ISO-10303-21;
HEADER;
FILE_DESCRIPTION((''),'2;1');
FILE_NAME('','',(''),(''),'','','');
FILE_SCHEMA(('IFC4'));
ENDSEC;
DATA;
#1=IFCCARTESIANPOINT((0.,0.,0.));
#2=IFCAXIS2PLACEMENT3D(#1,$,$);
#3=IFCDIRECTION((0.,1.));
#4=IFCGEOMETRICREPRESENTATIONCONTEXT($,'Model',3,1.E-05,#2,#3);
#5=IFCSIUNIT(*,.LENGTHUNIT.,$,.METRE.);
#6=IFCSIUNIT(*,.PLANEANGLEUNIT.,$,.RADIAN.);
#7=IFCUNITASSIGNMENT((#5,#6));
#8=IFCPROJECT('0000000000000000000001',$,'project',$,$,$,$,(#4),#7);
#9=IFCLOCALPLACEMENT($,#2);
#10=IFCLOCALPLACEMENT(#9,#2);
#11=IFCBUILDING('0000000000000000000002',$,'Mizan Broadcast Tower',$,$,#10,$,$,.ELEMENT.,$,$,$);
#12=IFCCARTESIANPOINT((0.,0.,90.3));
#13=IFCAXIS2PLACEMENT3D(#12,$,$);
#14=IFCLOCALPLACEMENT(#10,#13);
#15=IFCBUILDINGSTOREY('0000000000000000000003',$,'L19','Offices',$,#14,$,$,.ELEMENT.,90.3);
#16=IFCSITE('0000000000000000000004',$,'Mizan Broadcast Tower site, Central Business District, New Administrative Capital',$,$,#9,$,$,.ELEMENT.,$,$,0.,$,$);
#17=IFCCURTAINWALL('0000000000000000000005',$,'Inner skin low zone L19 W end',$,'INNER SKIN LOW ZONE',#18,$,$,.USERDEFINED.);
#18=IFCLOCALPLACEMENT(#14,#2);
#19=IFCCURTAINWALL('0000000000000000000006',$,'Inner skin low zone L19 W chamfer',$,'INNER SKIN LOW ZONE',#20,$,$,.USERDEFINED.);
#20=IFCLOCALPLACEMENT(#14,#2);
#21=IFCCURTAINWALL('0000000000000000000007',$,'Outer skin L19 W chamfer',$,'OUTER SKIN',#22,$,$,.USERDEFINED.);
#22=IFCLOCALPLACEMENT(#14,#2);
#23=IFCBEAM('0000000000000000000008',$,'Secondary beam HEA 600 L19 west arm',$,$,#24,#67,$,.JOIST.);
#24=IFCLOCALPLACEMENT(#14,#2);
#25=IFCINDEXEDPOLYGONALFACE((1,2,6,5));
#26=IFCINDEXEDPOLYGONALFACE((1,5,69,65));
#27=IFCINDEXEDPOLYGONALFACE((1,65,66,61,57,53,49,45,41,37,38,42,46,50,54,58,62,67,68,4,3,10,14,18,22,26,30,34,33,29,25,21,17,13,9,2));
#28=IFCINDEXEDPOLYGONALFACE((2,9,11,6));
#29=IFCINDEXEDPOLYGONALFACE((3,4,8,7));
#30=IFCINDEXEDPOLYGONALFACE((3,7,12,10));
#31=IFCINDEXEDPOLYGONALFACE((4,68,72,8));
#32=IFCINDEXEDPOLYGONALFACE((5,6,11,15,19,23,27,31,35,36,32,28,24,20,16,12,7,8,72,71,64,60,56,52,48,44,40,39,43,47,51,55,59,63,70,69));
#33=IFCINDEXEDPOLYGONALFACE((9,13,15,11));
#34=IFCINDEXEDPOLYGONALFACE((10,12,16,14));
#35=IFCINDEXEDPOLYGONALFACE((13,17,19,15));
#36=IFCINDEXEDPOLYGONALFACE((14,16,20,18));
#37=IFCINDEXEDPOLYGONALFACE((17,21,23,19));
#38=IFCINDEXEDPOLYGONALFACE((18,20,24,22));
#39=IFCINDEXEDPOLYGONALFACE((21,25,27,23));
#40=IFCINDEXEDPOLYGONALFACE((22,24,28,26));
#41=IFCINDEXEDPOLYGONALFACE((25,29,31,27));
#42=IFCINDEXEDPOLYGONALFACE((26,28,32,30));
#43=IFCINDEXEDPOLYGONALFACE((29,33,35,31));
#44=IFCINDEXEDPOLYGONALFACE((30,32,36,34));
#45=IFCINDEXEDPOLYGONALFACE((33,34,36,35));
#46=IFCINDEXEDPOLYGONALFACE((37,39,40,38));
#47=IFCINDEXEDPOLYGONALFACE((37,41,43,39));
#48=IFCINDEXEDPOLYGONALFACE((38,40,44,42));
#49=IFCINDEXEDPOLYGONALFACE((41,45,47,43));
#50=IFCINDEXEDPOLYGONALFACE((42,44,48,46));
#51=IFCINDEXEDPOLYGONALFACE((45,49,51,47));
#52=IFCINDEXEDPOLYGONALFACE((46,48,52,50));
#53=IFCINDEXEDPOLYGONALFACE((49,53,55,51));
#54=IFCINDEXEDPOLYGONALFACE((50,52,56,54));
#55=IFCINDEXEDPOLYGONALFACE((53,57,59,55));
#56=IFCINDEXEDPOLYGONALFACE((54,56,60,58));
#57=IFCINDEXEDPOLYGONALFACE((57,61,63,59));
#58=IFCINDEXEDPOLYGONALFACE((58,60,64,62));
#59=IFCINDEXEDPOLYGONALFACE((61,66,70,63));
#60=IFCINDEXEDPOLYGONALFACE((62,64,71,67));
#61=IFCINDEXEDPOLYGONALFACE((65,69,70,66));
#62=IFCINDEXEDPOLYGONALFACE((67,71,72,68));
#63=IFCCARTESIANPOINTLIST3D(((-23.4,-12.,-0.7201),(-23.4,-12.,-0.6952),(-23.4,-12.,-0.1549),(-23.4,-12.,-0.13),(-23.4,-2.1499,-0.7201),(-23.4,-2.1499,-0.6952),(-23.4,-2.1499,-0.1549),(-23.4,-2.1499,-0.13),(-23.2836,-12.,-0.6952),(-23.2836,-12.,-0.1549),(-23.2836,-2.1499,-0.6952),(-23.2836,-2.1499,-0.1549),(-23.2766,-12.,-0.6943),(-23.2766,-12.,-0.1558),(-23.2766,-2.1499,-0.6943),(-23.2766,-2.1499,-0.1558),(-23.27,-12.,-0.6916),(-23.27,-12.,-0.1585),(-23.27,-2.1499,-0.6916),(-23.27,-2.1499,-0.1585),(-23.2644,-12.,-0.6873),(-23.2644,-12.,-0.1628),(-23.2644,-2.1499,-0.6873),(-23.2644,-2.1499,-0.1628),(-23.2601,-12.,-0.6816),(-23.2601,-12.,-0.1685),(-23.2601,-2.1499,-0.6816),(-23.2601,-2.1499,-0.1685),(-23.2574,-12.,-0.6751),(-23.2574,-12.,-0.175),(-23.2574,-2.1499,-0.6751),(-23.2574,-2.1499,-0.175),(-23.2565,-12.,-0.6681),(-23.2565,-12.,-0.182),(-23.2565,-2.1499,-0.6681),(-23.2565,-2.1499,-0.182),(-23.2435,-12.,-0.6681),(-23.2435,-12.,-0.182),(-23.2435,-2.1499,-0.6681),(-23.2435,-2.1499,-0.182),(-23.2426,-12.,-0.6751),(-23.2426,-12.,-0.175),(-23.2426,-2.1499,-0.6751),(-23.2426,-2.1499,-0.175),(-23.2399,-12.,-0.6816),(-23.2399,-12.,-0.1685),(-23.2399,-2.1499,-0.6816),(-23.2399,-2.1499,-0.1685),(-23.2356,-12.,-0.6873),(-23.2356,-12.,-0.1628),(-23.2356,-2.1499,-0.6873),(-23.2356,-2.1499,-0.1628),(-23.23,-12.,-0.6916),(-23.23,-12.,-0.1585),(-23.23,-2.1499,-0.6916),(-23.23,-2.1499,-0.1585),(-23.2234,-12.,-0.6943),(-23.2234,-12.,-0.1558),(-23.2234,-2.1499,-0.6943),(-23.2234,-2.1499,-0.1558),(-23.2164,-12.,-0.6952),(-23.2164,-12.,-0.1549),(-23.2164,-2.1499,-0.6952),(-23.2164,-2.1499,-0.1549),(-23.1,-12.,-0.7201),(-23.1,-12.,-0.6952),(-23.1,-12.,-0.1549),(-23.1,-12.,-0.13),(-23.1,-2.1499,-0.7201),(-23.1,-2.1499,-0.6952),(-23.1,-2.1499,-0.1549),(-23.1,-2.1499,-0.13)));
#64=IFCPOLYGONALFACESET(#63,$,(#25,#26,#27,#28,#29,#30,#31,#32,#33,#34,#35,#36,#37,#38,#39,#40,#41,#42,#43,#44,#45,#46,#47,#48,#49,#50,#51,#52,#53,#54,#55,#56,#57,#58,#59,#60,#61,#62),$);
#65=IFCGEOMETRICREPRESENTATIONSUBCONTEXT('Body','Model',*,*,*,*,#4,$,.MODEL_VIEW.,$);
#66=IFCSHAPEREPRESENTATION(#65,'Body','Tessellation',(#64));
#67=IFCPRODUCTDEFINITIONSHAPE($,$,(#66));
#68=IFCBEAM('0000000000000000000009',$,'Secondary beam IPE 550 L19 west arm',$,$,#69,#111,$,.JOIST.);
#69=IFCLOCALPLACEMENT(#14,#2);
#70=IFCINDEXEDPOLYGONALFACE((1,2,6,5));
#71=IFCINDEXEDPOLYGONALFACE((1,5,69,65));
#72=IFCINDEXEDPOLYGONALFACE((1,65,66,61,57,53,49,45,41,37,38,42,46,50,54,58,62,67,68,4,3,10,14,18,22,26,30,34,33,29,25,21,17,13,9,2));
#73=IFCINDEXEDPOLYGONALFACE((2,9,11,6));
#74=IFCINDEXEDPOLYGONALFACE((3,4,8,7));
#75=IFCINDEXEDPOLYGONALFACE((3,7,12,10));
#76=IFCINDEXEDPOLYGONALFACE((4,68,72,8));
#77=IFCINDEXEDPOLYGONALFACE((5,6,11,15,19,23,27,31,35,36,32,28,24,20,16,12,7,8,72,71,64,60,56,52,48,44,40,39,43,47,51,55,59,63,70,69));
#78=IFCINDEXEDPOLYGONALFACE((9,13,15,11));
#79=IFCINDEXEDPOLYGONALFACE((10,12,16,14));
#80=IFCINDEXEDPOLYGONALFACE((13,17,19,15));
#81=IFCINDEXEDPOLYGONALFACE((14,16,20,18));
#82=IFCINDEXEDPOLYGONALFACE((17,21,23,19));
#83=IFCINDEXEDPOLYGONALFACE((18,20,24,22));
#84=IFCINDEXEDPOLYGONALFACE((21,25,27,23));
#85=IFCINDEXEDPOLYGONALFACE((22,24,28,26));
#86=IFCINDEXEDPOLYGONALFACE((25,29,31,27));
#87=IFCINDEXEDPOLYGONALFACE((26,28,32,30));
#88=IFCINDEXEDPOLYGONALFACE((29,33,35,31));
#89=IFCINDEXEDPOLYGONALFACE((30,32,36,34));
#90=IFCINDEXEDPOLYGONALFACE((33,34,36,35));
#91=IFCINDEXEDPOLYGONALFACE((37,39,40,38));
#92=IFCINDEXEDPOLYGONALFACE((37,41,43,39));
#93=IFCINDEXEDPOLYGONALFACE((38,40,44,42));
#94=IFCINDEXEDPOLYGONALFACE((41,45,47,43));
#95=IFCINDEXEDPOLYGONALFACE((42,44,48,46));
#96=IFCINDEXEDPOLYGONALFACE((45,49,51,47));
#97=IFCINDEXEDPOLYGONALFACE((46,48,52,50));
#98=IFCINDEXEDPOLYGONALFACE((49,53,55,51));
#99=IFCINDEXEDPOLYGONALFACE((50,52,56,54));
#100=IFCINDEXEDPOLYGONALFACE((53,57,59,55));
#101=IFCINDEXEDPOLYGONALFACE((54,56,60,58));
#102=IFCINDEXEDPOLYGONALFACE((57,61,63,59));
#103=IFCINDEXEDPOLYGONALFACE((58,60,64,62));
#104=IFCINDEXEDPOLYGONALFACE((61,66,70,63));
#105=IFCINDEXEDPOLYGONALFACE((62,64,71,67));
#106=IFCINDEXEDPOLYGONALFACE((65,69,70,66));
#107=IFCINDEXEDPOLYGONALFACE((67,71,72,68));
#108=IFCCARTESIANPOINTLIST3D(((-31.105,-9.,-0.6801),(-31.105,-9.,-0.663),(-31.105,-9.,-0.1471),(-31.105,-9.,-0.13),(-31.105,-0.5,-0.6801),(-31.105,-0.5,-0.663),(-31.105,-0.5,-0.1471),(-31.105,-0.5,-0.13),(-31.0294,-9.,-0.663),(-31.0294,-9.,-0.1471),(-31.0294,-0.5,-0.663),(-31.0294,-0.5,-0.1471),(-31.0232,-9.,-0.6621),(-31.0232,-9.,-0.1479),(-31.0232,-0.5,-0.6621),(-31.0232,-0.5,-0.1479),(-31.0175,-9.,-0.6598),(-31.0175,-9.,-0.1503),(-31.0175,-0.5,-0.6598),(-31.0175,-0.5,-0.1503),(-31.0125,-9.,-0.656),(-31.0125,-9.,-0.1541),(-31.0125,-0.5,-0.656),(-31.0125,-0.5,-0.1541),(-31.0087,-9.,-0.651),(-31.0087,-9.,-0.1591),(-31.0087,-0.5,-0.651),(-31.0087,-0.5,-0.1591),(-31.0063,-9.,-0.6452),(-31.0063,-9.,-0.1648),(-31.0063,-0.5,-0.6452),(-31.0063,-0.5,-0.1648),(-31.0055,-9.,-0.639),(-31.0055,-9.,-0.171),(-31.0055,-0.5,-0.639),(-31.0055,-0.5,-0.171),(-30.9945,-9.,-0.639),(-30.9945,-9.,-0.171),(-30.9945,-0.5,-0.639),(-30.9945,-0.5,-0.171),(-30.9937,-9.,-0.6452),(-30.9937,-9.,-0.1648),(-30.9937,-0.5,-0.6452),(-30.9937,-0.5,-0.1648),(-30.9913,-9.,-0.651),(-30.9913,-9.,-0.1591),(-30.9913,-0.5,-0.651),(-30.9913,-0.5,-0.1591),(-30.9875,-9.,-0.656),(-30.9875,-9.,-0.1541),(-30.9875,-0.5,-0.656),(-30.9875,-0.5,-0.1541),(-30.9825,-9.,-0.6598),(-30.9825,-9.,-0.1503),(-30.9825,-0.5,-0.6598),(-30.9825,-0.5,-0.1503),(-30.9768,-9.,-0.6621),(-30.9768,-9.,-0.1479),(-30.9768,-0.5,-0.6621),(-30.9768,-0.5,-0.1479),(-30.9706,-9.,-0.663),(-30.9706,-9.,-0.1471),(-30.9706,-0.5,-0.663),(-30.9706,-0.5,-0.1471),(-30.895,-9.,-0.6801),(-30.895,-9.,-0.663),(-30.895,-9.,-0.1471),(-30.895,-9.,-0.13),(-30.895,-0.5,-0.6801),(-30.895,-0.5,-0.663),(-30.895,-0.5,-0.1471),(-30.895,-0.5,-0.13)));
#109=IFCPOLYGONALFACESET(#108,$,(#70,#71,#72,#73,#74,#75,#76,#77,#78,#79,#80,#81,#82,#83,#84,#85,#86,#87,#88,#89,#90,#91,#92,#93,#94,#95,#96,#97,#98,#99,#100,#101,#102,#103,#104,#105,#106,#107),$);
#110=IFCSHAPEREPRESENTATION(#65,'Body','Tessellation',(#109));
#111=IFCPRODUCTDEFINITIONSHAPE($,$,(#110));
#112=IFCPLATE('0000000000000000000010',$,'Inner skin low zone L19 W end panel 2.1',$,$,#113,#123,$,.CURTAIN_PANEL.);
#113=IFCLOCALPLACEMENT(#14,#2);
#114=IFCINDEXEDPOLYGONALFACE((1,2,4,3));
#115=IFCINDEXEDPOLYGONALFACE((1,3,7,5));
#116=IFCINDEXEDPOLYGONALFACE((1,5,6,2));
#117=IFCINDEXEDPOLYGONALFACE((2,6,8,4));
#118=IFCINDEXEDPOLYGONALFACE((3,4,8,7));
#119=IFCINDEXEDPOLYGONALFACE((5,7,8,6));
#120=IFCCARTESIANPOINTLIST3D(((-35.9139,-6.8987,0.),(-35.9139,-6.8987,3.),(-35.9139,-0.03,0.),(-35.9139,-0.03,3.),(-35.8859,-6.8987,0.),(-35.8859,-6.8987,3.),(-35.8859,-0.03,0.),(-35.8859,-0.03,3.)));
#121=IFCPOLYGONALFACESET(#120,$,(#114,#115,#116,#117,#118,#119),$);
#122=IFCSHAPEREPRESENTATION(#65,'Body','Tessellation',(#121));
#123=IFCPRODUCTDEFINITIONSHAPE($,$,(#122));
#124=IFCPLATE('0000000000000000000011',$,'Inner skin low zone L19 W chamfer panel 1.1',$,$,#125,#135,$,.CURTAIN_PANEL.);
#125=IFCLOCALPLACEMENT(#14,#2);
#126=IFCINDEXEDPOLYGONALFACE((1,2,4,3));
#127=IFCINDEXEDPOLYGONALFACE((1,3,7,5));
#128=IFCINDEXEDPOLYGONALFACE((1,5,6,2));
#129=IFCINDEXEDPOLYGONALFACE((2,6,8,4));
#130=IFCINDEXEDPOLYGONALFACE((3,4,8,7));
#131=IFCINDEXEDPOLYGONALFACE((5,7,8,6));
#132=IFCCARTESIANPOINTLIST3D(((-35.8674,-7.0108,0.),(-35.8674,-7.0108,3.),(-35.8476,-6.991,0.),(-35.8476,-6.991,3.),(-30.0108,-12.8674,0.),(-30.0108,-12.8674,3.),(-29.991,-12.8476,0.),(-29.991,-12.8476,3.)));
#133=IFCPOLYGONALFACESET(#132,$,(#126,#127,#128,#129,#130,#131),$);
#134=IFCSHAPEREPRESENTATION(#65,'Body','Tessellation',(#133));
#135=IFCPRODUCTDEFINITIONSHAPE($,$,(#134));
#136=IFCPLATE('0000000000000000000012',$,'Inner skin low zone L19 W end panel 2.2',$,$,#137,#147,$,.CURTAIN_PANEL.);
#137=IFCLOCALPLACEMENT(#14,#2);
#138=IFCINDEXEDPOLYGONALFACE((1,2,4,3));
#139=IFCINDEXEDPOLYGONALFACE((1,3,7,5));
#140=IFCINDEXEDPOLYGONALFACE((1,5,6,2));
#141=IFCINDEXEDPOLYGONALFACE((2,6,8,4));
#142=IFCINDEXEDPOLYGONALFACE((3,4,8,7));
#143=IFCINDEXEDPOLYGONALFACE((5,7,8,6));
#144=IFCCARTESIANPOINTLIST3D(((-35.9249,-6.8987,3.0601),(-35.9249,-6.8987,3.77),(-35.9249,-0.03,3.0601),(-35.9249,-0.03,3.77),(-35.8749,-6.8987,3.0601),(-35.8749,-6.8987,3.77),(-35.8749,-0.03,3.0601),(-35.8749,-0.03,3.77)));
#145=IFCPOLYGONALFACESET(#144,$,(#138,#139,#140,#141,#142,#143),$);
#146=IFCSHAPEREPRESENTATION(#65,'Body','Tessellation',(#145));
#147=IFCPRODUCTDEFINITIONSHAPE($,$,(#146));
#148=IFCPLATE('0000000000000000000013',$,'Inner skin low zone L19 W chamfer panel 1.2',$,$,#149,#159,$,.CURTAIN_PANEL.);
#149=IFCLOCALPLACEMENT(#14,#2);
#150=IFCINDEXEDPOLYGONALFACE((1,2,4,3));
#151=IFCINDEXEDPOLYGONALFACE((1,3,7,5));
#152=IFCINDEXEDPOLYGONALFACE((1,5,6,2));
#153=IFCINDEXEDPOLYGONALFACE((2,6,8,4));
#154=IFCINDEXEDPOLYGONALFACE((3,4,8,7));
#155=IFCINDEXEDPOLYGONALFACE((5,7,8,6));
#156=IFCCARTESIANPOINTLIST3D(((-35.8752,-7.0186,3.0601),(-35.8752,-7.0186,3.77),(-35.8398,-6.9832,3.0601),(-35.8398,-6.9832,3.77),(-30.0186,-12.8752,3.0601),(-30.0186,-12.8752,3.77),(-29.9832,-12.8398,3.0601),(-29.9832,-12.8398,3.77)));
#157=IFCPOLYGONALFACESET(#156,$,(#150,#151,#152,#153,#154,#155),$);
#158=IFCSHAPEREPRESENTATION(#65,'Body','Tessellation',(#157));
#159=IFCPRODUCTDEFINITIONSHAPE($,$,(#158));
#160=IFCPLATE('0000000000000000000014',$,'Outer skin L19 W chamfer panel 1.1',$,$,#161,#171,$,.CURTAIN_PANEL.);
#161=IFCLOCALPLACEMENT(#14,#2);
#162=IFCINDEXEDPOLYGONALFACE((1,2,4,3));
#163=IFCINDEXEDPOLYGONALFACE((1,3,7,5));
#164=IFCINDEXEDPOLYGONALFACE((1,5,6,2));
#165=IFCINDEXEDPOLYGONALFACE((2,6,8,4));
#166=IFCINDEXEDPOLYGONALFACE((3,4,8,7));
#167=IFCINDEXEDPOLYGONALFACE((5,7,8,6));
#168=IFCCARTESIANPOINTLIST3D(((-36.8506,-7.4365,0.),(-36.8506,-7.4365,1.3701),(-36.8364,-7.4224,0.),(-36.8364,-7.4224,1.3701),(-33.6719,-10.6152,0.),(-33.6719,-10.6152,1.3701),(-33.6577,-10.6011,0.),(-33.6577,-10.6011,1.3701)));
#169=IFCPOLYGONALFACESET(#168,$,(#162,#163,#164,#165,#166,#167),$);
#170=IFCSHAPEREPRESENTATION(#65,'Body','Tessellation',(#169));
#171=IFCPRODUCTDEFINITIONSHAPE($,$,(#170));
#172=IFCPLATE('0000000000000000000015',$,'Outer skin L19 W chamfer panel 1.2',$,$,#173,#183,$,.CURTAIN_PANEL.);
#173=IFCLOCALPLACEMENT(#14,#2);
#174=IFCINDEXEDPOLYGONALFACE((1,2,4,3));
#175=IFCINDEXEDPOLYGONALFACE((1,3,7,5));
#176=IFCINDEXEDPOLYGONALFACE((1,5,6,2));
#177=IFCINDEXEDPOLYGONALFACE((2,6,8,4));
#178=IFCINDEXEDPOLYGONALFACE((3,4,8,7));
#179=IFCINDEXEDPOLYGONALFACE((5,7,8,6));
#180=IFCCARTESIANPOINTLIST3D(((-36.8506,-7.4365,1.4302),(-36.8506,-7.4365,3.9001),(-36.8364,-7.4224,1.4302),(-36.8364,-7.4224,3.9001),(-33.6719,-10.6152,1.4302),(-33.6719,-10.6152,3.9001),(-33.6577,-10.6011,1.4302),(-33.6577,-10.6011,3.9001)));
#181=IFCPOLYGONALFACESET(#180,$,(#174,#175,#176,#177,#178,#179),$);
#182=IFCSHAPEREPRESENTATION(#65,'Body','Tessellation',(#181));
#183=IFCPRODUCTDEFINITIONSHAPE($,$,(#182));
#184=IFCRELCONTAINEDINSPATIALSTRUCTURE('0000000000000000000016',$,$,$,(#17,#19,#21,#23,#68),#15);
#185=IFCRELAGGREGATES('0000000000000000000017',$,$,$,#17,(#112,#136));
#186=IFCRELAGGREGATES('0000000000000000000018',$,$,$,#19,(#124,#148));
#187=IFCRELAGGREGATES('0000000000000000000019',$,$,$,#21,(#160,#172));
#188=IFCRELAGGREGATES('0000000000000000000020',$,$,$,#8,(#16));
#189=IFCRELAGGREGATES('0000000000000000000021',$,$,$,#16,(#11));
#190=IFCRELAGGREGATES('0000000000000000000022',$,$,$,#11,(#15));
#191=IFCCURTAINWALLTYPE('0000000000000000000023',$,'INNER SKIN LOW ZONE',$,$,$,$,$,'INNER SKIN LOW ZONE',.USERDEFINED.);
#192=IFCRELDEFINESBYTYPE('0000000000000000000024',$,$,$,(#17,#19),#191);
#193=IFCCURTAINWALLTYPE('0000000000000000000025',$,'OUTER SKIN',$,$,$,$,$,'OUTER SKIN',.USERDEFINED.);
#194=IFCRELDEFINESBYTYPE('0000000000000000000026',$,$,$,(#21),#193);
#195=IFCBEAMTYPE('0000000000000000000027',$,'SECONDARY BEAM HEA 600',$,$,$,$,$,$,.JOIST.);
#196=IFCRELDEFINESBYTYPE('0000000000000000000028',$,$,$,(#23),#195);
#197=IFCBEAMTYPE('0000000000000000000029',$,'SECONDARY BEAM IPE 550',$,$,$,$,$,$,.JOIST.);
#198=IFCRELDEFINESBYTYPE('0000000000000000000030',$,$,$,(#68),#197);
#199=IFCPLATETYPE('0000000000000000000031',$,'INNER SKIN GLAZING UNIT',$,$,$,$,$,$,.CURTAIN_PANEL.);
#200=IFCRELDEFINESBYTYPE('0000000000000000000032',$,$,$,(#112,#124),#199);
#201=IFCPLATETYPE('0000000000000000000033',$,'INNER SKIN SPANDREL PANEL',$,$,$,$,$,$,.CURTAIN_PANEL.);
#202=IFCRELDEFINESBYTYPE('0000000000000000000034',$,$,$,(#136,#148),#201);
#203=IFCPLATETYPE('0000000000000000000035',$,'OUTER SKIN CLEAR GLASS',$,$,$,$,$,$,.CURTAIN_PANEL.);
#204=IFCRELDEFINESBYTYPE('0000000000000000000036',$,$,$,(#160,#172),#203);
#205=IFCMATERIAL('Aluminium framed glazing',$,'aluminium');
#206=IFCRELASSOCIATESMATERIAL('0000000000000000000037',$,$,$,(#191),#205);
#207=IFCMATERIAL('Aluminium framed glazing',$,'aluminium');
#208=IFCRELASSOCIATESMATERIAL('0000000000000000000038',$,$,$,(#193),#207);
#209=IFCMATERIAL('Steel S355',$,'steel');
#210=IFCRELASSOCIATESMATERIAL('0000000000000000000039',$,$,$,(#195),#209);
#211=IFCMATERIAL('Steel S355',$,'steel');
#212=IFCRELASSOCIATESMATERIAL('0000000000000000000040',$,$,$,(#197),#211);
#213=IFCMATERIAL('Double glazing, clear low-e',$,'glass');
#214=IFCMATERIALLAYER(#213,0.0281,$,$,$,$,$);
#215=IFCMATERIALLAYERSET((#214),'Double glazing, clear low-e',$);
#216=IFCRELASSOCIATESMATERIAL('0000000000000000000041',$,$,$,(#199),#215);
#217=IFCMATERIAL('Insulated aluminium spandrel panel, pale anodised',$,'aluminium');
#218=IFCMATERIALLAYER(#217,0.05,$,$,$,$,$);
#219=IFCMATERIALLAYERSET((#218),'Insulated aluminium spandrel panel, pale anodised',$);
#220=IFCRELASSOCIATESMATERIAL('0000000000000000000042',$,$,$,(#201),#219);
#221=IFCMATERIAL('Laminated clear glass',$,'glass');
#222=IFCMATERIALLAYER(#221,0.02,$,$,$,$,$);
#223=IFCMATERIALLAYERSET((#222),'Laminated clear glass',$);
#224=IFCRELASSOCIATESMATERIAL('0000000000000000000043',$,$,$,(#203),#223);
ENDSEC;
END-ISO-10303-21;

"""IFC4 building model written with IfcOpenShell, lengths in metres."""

from ifc_helpers import new_model, si_unit, direction, frame, origin, origin_2d, place, context, subcontext, project, spatial, rectangle, i_section, extrude, material, layer, layer_set, material_profile, profile_set, type_object, element, aggregate, save


model = new_model("IFC4")

# Units and contexts
model_context = context("Model", 3, precision=1e-05, world=origin(), true_north=direction((0.0, 1.0)))
body_context = subcontext(model_context, "Body", "Model", "MODEL_VIEW")
ifc_project = project(units=[si_unit("LENGTHUNIT", "METRE"), si_unit("PLANEANGLEUNIT", "RADIAN")], contexts=[model_context])

# Site, building, storey
site_placement = place(None, origin())
site = spatial("IfcSite", under=ifc_project, at=site_placement, Name="Mizan Broadcast Tower site, Central Business District, New Administrative Capital", CompositionType="ELEMENT", RefElevation=0.0)
building_placement = place(site_placement, origin())
building = spatial("IfcBuilding", under=site, at=building_placement, Name="Mizan Broadcast Tower", CompositionType="ELEMENT")
storey_placement = place(building_placement, frame((0.0, 0.0, 90.3)))
storey = spatial("IfcBuildingStorey", under=building, at=storey_placement, Name="L19", Description="Offices", CompositionType="ELEMENT", Elevation=90.3)

# Curtain wall
ifc_material_1 = material(Name="Aluminium framed glazing", Category="aluminium")
curtain_wall_type_1 = type_object("IfcCurtainWallType", Name="INNER SKIN LOW ZONE", ElementType="INNER SKIN LOW ZONE", PredefinedType="USERDEFINED", material=ifc_material_1)
curtain_wall_1_placement = place(storey_placement, origin())
curtain_wall_1 = element("IfcCurtainWall", 1, at=curtain_wall_1_placement, inside=storey, type_object=curtain_wall_type_1, Name="Inner skin low zone L19 W end", ObjectType="INNER SKIN LOW ZONE", PredefinedType="USERDEFINED")

# Curtain wall
curtain_wall_2_placement = place(storey_placement, origin())
curtain_wall_2 = element("IfcCurtainWall", 2, at=curtain_wall_2_placement, inside=storey, type_object=curtain_wall_type_1, Name="Inner skin low zone L19 W chamfer", ObjectType="INNER SKIN LOW ZONE", PredefinedType="USERDEFINED")

# Shared definitions
ifc_material_2 = material(Name="Aluminium framed glazing", Category="aluminium")
curtain_wall_type_2 = type_object("IfcCurtainWallType", Name="OUTER SKIN", ElementType="OUTER SKIN", PredefinedType="USERDEFINED", material=ifc_material_2)

# Curtain wall
curtain_wall_3_placement = place(storey_placement, origin())
curtain_wall_3 = element("IfcCurtainWall", 3, at=curtain_wall_3_placement, inside=storey, type_object=curtain_wall_type_2, Name="Outer skin L19 W chamfer", ObjectType="OUTER SKIN", PredefinedType="USERDEFINED")

# Beams
ifc_material_3 = material(Name="Steel S355", Category="steel")
ifc_material_profile_1 = material_profile(ifc_material_3, i_section(OverallWidth=0.3, OverallDepth=0.5901, WebThickness=0.0129, FlangeThickness=0.0249, FilletRadius=0.0271, at=origin_2d()), Name="HEA 600")
ifc_profile_set_1 = profile_set([ifc_material_profile_1], Name="Steel S355")
beam_type_1 = type_object("IfcBeamType", Name="SECONDARY BEAM HEA 600", PredefinedType="JOIST", material=ifc_profile_set_1)
for number, where, z_axis, x_axis, name in (
    (4, (-23.25, -12.0, -0.425), (0.0, 1.0, 0.0), (-1.0, 0.0, 0.0), "Secondary beam HEA 600 L19 west arm"),
):
    element("IfcBeam", number, at=place(storey_placement, frame(where, z_axis=z_axis, x_axis=x_axis)), inside=storey, type_object=beam_type_1, Name=name, PredefinedType="JOIST", context=body_context, shape_type="SweptSolid", body=[
        extrude(i_section(OverallWidth=0.3, OverallDepth=0.5901, WebThickness=0.0129, FlangeThickness=0.0249, FilletRadius=0.0271, at=origin_2d()), origin(), (0.0, 0.0, 1.0), 9.8501),
    ])
ifc_material_4 = material(Name="Steel S355", Category="steel")
ifc_material_profile_2 = material_profile(ifc_material_4, i_section(OverallWidth=0.21, OverallDepth=0.55, WebThickness=0.011, FlangeThickness=0.0171, FilletRadius=0.0239, at=origin_2d()), Name="IPE 550")
ifc_profile_set_2 = profile_set([ifc_material_profile_2], Name="Steel S355")
beam_type_2 = type_object("IfcBeamType", Name="SECONDARY BEAM IPE 550", PredefinedType="JOIST", material=ifc_profile_set_2)
beam_1_placement = place(storey_placement, frame((-31.0, -9.0, -0.405), z_axis=(0.0, 1.0, 0.0), x_axis=(-1.0, 0.0, 0.0)))
element("IfcBeam", 5, at=beam_1_placement, inside=storey, type_object=beam_type_2, Name="Secondary beam IPE 550 L19 west arm", PredefinedType="JOIST", context=body_context, shape_type="SweptSolid", body=[
    extrude(i_section(OverallWidth=0.21, OverallDepth=0.55, WebThickness=0.011, FlangeThickness=0.0171, FilletRadius=0.0239, at=origin_2d()), origin(), (0.0, 0.0, 1.0), 8.5),
])

# Plates
ifc_material_5 = material(Name="Double glazing, clear low-e", Category="glass")
ifc_layer_1 = layer(ifc_material_5, 0.0281)
ifc_layer_set_1 = layer_set([ifc_layer_1], Name="Double glazing, clear low-e")
plate_type_1 = type_object("IfcPlateType", Name="INNER SKIN GLAZING UNIT", PredefinedType="CURTAIN_PANEL", material=ifc_layer_set_1)
plate_1_placement = place(storey_placement, frame((-35.8999, -3.4644, 0.0), z_axis=(0.0, 0.0, 1.0), x_axis=(0.0, -1.0, 0.0)))
plate_1 = element("IfcPlate", 6, at=plate_1_placement, type_object=plate_type_1, Name="Inner skin low zone L19 W end panel 2.1", PredefinedType="CURTAIN_PANEL", context=body_context, shape_type="SweptSolid", body=[
    extrude(rectangle(XDim=6.8687, YDim=0.0281, at=origin_2d()), origin(), (0.0, 0.0, 1.0), 3.0),
])
plate_2_placement = place(storey_placement, frame((-32.9292, -9.9292, 0.0), z_axis=(0.0, 0.0, 1.0), x_axis=(0.707107, -0.707107, 0.0)))
plate_2 = element("IfcPlate", 7, at=plate_2_placement, type_object=plate_type_1, Name="Inner skin low zone L19 W chamfer panel 1.1", PredefinedType="CURTAIN_PANEL", context=body_context, shape_type="SweptSolid", body=[
    extrude(rectangle(XDim=8.2825, YDim=0.0281, at=origin_2d()), origin(), (0.0, 0.0, 1.0), 3.0),
])
ifc_material_6 = material(Name="Insulated aluminium spandrel panel, pale anodised", Category="aluminium")
ifc_layer_2 = layer(ifc_material_6, 0.05)
ifc_layer_set_2 = layer_set([ifc_layer_2], Name="Insulated aluminium spandrel panel, pale anodised")
plate_type_2 = type_object("IfcPlateType", Name="INNER SKIN SPANDREL PANEL", PredefinedType="CURTAIN_PANEL", material=ifc_layer_set_2)
plate_3_placement = place(storey_placement, frame((-35.8999, -3.4644, 3.0601), z_axis=(0.0, 0.0, 1.0), x_axis=(0.0, -1.0, 0.0)))
plate_3 = element("IfcPlate", 8, at=plate_3_placement, type_object=plate_type_2, Name="Inner skin low zone L19 W end panel 2.2", PredefinedType="CURTAIN_PANEL", context=body_context, shape_type="SweptSolid", body=[
    extrude(rectangle(XDim=6.8687, YDim=0.05, at=origin_2d()), origin(), (0.0, 0.0, 1.0), 0.71),
])
aggregate(curtain_wall_1, [plate_1, plate_3])
plate_4_placement = place(storey_placement, frame((-32.9292, -9.9292, 3.0601), z_axis=(0.0, 0.0, 1.0), x_axis=(0.707107, -0.707107, 0.0)))
plate_4 = element("IfcPlate", 9, at=plate_4_placement, type_object=plate_type_2, Name="Inner skin low zone L19 W chamfer panel 1.2", PredefinedType="CURTAIN_PANEL", context=body_context, shape_type="SweptSolid", body=[
    extrude(rectangle(XDim=8.2825, YDim=0.05, at=origin_2d()), origin(), (0.0, 0.0, 1.0), 0.71),
])
aggregate(curtain_wall_2, [plate_2, plate_4])
ifc_material_7 = material(Name="Laminated clear glass", Category="glass")
ifc_layer_3 = layer(ifc_material_7, 0.02)
ifc_layer_set_3 = layer_set([ifc_layer_3], Name="Laminated clear glass")
plate_type_3 = type_object("IfcPlateType", Name="OUTER SKIN CLEAR GLASS", PredefinedType="CURTAIN_PANEL", material=ifc_layer_set_3)
plate_5_placement = place(storey_placement, frame((-35.2542, -9.0188, 0.0), z_axis=(0.0, 0.0, 1.0), x_axis=(0.707107, -0.707107, 0.0)))
plate_5 = element("IfcPlate", 10, at=plate_5_placement, type_object=plate_type_3, Name="Outer skin L19 W chamfer panel 1.1", PredefinedType="CURTAIN_PANEL", context=body_context, shape_type="SweptSolid", body=[
    extrude(rectangle(XDim=4.4954, YDim=0.02, at=origin_2d()), origin(), (0.0, 0.0, 1.0), 1.3701),
])
plate_6_placement = place(storey_placement, frame((-35.2542, -9.0188, 1.4302), z_axis=(0.0, 0.0, 1.0), x_axis=(0.707107, -0.707107, 0.0)))
plate_6 = element("IfcPlate", 11, at=plate_6_placement, type_object=plate_type_3, Name="Outer skin L19 W chamfer panel 1.2", PredefinedType="CURTAIN_PANEL", context=body_context, shape_type="SweptSolid", body=[
    extrude(rectangle(XDim=4.4954, YDim=0.02, at=origin_2d()), origin(), (0.0, 0.0, 1.0), 2.47),
])
aggregate(curtain_wall_3, [plate_5, plate_6])

save(model, "model.ifc")
